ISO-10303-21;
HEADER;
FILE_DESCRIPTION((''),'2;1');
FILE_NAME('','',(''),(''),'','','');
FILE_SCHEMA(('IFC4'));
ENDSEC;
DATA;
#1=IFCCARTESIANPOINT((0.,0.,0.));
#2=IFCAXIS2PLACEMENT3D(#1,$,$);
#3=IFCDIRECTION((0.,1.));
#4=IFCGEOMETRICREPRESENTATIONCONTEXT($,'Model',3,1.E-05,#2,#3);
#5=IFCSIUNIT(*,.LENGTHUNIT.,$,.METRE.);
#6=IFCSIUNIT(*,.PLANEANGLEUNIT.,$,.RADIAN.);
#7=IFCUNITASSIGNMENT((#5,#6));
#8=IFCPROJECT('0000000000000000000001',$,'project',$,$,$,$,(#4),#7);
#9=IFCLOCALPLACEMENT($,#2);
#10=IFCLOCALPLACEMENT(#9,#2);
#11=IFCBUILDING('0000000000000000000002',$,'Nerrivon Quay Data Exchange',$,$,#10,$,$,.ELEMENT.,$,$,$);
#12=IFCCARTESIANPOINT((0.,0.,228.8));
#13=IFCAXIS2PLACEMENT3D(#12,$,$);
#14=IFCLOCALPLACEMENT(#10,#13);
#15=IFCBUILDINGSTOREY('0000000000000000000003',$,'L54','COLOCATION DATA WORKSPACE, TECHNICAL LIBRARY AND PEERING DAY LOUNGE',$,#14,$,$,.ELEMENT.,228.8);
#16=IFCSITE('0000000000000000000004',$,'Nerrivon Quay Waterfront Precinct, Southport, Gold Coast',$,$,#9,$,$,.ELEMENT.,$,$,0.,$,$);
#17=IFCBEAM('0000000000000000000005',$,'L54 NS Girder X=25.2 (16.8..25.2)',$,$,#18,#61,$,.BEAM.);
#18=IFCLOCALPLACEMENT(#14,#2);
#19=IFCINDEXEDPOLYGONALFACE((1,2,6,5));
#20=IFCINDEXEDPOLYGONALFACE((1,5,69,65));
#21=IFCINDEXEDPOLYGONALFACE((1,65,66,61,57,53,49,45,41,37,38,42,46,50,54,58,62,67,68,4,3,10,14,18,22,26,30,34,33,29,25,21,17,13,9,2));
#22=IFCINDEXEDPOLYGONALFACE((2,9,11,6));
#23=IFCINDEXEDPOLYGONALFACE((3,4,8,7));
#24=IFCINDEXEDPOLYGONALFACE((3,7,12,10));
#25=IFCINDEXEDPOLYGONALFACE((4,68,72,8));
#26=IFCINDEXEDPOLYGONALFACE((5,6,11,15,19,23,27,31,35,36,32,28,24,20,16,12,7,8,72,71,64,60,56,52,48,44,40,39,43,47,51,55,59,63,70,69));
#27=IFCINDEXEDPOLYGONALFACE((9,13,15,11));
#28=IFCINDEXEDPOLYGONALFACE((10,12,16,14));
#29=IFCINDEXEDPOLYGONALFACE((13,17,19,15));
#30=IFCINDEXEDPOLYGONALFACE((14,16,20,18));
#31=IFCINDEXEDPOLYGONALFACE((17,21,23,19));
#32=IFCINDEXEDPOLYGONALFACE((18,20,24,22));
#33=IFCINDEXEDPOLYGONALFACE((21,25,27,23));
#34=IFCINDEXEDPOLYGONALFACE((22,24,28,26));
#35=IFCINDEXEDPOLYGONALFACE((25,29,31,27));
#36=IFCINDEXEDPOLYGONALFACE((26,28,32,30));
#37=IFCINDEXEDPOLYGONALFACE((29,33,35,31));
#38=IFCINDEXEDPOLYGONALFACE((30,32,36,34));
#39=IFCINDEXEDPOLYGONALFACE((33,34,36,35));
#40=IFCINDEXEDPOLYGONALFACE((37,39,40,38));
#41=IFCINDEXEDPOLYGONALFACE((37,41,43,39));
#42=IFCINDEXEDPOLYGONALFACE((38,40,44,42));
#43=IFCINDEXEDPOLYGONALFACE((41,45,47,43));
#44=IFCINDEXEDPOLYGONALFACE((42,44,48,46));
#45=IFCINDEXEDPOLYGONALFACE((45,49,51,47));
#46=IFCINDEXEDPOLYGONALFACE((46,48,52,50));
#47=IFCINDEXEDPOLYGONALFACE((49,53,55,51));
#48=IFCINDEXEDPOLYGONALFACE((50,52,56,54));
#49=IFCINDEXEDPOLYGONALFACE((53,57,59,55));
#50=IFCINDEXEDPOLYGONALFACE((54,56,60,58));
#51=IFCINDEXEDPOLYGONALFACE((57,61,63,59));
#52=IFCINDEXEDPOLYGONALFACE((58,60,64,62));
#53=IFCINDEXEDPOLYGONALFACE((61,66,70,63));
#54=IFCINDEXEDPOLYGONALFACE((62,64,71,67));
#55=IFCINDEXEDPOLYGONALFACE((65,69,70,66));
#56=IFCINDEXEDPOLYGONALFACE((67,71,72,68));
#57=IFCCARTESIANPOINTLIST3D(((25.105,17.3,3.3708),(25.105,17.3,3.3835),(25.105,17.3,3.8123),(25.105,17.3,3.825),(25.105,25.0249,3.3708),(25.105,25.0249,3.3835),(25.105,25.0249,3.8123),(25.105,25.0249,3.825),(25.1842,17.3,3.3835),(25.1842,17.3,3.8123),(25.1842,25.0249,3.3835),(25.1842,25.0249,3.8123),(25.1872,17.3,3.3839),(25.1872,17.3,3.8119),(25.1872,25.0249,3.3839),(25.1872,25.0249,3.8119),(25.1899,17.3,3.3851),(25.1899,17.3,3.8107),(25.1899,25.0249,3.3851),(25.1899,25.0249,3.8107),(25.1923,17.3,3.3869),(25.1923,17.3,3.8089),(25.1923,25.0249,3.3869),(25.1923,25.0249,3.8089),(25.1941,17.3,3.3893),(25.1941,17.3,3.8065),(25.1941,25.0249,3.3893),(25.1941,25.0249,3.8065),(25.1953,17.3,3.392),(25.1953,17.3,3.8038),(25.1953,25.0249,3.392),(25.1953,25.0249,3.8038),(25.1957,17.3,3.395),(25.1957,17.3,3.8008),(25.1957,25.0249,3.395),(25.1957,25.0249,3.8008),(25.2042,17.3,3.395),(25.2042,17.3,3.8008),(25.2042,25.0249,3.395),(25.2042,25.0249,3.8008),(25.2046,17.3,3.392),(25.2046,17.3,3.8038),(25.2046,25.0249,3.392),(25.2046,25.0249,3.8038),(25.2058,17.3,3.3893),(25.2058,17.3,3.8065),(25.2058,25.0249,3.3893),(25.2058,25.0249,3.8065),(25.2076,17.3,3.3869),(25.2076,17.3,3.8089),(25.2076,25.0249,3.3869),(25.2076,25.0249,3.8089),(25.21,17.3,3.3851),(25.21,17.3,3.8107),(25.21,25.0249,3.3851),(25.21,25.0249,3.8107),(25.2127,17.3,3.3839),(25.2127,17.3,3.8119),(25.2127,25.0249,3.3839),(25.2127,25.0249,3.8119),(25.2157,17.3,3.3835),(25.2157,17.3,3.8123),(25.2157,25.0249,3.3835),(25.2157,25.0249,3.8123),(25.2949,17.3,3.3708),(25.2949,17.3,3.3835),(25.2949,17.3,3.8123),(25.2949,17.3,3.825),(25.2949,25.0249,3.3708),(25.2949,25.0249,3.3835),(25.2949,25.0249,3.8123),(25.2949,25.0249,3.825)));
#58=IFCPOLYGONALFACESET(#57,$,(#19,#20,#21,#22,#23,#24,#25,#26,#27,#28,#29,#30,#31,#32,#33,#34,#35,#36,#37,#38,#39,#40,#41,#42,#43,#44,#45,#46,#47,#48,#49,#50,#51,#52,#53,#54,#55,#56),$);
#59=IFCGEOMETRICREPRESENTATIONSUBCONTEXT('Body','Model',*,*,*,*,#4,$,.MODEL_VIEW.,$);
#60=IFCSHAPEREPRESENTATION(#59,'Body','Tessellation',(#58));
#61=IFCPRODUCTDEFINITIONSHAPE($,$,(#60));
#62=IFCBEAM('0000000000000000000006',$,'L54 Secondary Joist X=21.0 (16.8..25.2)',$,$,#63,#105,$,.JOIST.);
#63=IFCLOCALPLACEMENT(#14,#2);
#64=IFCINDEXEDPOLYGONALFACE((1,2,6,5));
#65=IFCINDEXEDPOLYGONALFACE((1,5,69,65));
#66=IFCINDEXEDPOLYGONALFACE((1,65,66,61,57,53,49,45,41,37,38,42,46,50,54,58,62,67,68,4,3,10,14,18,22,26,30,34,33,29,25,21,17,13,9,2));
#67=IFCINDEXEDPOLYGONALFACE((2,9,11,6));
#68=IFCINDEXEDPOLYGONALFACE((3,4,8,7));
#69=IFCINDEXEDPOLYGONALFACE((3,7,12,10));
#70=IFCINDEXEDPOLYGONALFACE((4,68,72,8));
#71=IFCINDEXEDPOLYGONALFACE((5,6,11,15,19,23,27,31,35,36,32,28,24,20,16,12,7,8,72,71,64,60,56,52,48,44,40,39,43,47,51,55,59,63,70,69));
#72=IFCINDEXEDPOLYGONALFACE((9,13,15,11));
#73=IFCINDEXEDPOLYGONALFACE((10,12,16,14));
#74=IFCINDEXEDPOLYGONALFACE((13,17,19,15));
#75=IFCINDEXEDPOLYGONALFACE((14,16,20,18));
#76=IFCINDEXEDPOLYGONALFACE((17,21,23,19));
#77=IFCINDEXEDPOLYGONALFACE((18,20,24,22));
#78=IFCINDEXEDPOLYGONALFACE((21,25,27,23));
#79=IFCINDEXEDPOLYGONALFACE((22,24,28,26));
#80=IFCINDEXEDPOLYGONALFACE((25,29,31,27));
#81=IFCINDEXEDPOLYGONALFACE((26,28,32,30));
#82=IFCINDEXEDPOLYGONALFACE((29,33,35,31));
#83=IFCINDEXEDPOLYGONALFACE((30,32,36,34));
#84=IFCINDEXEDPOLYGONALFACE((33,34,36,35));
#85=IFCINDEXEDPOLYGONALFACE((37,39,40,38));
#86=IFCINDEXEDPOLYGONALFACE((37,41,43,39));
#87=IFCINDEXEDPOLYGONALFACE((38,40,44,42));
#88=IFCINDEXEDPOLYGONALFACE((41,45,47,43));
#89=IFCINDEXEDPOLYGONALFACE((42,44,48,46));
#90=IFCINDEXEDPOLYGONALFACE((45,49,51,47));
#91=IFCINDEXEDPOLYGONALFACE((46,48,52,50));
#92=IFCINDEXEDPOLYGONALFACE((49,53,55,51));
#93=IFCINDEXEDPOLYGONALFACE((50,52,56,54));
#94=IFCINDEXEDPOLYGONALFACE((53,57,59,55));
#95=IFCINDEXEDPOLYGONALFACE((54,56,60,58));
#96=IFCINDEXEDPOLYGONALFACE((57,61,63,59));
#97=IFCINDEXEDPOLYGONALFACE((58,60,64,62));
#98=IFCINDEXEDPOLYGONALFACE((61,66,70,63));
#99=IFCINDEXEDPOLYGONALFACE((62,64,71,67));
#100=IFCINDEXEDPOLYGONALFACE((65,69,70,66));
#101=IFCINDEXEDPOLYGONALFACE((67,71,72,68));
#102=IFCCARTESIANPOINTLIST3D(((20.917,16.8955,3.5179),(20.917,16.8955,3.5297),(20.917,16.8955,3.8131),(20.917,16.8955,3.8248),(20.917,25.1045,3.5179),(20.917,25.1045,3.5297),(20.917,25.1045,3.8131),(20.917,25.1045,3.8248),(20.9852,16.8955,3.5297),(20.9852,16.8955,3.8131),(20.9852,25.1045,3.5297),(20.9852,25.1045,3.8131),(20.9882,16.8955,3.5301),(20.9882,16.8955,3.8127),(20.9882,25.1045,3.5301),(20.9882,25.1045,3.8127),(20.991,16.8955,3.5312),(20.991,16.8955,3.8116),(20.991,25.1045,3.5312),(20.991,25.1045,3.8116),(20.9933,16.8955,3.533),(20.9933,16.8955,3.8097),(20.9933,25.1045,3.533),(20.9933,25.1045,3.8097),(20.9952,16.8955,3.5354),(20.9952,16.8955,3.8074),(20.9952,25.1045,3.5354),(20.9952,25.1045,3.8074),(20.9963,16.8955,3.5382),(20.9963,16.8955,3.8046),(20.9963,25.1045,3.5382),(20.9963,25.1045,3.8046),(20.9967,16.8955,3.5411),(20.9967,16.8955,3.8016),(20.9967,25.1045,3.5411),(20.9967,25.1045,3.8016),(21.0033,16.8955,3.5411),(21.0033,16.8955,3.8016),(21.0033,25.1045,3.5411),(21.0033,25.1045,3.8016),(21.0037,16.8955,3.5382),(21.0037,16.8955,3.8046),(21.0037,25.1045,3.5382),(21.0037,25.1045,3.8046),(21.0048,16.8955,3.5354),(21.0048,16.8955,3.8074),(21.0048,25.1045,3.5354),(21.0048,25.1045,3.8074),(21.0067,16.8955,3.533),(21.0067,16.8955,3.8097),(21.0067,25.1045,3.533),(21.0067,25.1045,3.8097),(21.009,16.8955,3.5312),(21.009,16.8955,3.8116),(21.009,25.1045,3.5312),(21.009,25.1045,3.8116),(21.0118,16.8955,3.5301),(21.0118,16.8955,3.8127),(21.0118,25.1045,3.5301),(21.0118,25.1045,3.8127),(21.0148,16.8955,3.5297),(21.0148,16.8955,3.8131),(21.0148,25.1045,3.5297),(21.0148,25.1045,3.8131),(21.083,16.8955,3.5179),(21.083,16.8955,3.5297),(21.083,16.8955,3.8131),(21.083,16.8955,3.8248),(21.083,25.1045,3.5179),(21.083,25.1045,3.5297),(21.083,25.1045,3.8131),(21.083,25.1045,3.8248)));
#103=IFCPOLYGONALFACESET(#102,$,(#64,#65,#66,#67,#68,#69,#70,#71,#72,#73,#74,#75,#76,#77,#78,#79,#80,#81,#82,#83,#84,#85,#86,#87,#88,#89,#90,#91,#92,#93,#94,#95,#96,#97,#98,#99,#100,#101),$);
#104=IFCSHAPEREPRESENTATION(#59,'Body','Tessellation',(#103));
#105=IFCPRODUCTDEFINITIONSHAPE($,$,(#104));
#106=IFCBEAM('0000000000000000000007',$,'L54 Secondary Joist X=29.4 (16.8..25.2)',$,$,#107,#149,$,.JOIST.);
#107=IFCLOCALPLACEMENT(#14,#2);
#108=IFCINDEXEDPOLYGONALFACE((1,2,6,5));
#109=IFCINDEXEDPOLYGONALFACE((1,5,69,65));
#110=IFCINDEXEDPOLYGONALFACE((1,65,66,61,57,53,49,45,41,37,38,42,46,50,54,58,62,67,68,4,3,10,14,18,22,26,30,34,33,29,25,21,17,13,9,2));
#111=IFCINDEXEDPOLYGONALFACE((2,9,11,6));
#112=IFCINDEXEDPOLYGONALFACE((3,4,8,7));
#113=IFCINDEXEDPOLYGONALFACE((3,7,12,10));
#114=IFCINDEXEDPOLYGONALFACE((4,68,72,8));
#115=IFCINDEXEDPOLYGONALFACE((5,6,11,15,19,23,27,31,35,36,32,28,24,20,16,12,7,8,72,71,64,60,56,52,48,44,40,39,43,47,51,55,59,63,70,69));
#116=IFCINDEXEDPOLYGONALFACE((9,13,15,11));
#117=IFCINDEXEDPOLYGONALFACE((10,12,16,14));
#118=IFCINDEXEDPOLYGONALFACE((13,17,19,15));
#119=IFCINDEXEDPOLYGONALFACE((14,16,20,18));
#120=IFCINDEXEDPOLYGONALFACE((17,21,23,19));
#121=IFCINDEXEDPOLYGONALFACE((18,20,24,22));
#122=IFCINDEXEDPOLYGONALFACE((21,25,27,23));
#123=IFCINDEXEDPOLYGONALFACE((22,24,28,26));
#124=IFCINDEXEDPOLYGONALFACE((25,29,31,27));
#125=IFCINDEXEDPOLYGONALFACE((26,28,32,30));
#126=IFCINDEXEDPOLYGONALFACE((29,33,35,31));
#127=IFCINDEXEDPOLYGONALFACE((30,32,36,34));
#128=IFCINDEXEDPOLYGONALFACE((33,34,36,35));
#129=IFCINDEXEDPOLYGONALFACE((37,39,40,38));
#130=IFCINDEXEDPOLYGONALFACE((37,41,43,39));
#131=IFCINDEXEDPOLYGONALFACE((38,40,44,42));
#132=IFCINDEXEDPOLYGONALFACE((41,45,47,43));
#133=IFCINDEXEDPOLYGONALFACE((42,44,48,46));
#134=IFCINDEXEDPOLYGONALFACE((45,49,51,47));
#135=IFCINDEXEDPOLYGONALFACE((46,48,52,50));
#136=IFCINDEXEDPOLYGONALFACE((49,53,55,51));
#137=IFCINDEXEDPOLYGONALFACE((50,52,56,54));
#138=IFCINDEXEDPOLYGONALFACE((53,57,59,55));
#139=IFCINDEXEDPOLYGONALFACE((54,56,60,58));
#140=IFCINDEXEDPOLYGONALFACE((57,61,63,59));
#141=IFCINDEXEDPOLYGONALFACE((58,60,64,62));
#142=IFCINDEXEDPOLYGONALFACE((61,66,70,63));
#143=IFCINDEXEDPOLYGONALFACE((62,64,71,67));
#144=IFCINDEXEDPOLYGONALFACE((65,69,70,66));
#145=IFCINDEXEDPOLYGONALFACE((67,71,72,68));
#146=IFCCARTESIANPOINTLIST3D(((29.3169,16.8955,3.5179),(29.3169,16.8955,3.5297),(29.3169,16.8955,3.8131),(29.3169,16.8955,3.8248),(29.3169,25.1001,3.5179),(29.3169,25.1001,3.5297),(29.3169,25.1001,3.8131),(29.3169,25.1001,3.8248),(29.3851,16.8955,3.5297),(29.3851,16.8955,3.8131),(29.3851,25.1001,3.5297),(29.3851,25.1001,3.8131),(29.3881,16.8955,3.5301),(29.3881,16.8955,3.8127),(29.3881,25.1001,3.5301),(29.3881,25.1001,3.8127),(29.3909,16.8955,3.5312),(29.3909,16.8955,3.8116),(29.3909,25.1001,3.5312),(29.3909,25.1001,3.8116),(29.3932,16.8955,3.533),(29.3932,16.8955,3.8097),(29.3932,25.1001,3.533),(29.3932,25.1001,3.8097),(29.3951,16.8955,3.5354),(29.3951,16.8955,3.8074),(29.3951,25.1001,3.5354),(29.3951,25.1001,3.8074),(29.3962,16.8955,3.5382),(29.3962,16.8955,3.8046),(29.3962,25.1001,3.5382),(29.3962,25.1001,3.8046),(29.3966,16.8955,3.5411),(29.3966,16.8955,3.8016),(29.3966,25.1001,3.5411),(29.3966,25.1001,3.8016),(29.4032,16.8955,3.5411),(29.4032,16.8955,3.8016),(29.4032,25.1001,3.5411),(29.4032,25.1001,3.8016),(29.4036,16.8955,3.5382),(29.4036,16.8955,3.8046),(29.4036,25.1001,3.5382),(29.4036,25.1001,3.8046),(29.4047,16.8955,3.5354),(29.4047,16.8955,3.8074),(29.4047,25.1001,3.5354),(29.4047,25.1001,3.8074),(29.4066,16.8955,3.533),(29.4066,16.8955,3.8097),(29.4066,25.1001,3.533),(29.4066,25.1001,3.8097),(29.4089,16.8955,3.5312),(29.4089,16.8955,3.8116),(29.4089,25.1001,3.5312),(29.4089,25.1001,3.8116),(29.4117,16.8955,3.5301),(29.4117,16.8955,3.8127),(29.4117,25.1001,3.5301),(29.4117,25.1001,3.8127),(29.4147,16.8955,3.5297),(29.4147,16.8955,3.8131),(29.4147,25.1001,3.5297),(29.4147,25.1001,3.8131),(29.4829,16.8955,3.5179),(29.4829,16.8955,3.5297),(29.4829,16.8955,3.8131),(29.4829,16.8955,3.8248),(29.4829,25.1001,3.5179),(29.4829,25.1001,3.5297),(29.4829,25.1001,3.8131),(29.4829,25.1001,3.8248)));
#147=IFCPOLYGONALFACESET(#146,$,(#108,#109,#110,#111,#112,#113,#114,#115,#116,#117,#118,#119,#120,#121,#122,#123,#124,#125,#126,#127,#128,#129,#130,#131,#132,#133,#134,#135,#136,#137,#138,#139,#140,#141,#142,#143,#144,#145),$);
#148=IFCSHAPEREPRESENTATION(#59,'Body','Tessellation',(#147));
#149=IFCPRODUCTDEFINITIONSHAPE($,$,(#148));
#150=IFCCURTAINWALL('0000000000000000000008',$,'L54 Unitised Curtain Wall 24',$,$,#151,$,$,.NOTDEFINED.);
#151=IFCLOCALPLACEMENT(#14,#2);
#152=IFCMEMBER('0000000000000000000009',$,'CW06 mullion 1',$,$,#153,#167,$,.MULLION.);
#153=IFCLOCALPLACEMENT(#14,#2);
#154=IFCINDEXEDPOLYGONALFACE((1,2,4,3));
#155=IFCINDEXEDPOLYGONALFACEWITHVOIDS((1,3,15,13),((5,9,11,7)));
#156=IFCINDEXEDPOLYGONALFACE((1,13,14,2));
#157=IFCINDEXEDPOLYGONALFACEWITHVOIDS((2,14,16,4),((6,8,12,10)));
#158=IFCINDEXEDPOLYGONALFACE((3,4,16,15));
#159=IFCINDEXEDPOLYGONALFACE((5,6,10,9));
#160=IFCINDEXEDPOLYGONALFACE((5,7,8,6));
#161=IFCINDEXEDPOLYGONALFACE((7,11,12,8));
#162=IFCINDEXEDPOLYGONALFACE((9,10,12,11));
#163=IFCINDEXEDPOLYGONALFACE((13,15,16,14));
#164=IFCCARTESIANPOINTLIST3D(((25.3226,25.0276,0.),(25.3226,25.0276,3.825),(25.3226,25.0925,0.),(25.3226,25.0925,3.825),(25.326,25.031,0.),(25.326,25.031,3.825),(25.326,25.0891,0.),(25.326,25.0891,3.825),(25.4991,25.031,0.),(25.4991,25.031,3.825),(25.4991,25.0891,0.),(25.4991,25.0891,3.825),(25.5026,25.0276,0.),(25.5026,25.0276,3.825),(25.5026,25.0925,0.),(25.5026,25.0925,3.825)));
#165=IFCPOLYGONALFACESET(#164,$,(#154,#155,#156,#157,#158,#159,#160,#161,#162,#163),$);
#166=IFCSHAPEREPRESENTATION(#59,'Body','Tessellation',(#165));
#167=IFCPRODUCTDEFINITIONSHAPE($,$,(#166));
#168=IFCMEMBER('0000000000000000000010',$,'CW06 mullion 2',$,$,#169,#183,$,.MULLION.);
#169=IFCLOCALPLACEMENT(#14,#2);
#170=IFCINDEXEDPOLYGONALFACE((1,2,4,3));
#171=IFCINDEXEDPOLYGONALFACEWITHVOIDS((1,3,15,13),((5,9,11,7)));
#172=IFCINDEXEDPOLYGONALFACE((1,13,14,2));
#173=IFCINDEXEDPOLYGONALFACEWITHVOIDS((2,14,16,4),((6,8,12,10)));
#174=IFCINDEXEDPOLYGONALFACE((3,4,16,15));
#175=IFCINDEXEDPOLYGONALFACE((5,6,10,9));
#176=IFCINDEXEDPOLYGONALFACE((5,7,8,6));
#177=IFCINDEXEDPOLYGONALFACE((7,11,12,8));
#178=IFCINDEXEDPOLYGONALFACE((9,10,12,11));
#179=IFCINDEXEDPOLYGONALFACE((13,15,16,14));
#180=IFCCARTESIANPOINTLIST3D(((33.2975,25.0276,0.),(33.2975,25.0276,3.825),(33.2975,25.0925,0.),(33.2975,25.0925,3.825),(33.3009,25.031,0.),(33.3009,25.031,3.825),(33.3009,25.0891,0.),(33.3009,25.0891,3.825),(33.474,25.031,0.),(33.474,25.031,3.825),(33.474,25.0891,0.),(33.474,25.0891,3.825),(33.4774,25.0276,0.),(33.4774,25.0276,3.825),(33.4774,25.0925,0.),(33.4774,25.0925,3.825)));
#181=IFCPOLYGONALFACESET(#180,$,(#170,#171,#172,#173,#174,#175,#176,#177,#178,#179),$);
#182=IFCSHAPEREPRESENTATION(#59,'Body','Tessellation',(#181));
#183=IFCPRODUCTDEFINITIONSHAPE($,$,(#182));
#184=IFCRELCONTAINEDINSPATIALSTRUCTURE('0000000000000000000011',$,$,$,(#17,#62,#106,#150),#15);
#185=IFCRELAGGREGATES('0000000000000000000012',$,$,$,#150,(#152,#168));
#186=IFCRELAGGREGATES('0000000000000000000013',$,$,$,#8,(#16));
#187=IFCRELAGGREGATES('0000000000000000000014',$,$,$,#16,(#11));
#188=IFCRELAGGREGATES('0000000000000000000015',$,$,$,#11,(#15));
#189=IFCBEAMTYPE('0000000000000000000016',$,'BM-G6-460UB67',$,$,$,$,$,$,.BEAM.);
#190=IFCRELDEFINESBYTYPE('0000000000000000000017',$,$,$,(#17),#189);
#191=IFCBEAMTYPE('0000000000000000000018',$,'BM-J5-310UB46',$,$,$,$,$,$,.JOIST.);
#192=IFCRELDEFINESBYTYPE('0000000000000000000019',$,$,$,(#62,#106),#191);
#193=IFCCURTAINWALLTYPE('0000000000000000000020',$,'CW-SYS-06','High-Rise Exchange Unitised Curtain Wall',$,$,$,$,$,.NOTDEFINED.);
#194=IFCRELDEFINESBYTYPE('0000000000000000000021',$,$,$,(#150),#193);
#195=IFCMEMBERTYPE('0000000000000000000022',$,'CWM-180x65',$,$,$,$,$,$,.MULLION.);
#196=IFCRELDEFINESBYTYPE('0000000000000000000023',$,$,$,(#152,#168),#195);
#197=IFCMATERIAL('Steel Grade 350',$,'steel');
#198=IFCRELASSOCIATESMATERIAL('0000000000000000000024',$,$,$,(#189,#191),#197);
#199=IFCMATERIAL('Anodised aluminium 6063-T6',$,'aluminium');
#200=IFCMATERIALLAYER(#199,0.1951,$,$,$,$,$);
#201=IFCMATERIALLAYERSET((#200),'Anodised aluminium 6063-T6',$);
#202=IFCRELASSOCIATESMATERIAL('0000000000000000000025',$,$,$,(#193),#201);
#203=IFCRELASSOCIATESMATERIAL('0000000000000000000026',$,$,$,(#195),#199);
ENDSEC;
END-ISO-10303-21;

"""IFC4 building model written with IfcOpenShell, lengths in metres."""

from ifc_helpers import new_model, si_unit, direction, frame, origin, origin_2d, place, context, subcontext, project, spatial, hollow_rectangle, i_section, extrude, material, layer, layer_set, material_profile, profile_set, type_object, element, aggregate, save


model = new_model("IFC4")

# Units and contexts
model_context = context("Model", 3, precision=1e-05, world=origin(), true_north=direction((0.0, 1.0)))
body_context = subcontext(model_context, "Body", "Model", "MODEL_VIEW")
ifc_project = project(units=[si_unit("LENGTHUNIT", "METRE"), si_unit("PLANEANGLEUNIT", "RADIAN")], contexts=[model_context])

# Site, building, storey
site_placement = place(None, origin())
site = spatial("IfcSite", under=ifc_project, at=site_placement, Name="Nerrivon Quay Waterfront Precinct, Southport, Gold Coast", CompositionType="ELEMENT", RefElevation=0.0)
building_placement = place(site_placement, origin())
building = spatial("IfcBuilding", under=site, at=building_placement, Name="Nerrivon Quay Data Exchange", CompositionType="ELEMENT")
storey_placement = place(building_placement, frame((0.0, 0.0, 228.8)))
storey = spatial("IfcBuildingStorey", under=building, at=storey_placement, Name="L54", Description="COLOCATION DATA WORKSPACE, TECHNICAL LIBRARY AND PEERING DAY LOUNGE", CompositionType="ELEMENT", Elevation=228.8)

# Beams
ifc_material_1 = material(Name="Steel Grade 350", Category="steel")
ifc_material_profile_1 = material_profile(ifc_material_1, i_section(OverallWidth=0.1899, OverallDepth=0.4541, WebThickness=0.0085, FlangeThickness=0.0127, FilletRadius=0.0115, at=origin_2d()), Name="460UB67.1")
ifc_profile_set_1 = profile_set([ifc_material_profile_1], Name="Steel Grade 350")
beam_type_1 = type_object("IfcBeamType", Name="BM-G6-460UB67", PredefinedType="BEAM", material=ifc_profile_set_1)
beam_1_placement = place(storey_placement, frame((25.2, 17.3, 3.5979), z_axis=(0.0, 1.0, 0.0), x_axis=(-1.0, 0.0, 0.0)))
element("IfcBeam", 1, at=beam_1_placement, inside=storey, type_object=beam_type_1, Name="L54 NS Girder X=25.2 (16.8..25.2)", PredefinedType="BEAM", context=body_context, shape_type="SweptSolid", body=[
    extrude(i_section(OverallWidth=0.1899, OverallDepth=0.4541, WebThickness=0.0085, FlangeThickness=0.0127, FilletRadius=0.0115, at=origin_2d()), origin(), (0.0, 0.0, 1.0), 7.7249),
])
ifc_material_profile_2 = material_profile(ifc_material_1, i_section(OverallWidth=0.166, OverallDepth=0.3069, WebThickness=0.0066, FlangeThickness=0.0117, FilletRadius=0.0115, at=origin_2d()), Name="310UB46.2")
ifc_profile_set_2 = profile_set([ifc_material_profile_2], Name="Steel Grade 350")
beam_type_2 = type_object("IfcBeamType", Name="BM-J5-310UB46", PredefinedType="JOIST", material=ifc_profile_set_2)
beam_2_placement = place(storey_placement, frame((21.0, 16.8955, 3.6714), z_axis=(0.0, 1.0, 0.0), x_axis=(-1.0, 0.0, 0.0)))
element("IfcBeam", 2, at=beam_2_placement, inside=storey, type_object=beam_type_2, Name="L54 Secondary Joist X=21.0 (16.8..25.2)", PredefinedType="JOIST", context=body_context, shape_type="SweptSolid", body=[
    extrude(i_section(OverallWidth=0.166, OverallDepth=0.3069, WebThickness=0.0066, FlangeThickness=0.0117, FilletRadius=0.0115, at=origin_2d()), origin(), (0.0, 0.0, 1.0), 8.209),
])
beam_3_placement = place(storey_placement, frame((29.3999, 16.8955, 3.6714), z_axis=(0.0, 1.0, 0.0), x_axis=(-1.0, 0.0, 0.0)))
element("IfcBeam", 3, at=beam_3_placement, inside=storey, type_object=beam_type_2, Name="L54 Secondary Joist X=29.4 (16.8..25.2)", PredefinedType="JOIST", context=body_context, shape_type="SweptSolid", body=[
    extrude(i_section(OverallWidth=0.166, OverallDepth=0.3069, WebThickness=0.0066, FlangeThickness=0.0117, FilletRadius=0.0115, at=origin_2d()), origin(), (0.0, 0.0, 1.0), 8.2046),
])

# Curtain wall, members
ifc_material_2 = material(Name="Anodised aluminium 6063-T6", Category="aluminium")
ifc_layer_1 = layer(ifc_material_2, 0.1951)
ifc_layer_set_1 = layer_set([ifc_layer_1], Name="Anodised aluminium 6063-T6")
curtain_wall_type = type_object("IfcCurtainWallType", Name="CW-SYS-06", Description="High-Rise Exchange Unitised Curtain Wall", PredefinedType="NOTDEFINED", material=ifc_layer_set_1)
curtain_wall_placement = place(storey_placement, origin())
curtain_wall = element("IfcCurtainWall", 4, at=curtain_wall_placement, inside=storey, type_object=curtain_wall_type, Name="L54 Unitised Curtain Wall 24", PredefinedType="NOTDEFINED")
ifc_material_profile_3 = material_profile(ifc_material_2, hollow_rectangle(XDim=0.0649, YDim=0.1799, WallThickness=0.0034, at=origin_2d()), Name="ALU-MULL-180x65")
ifc_profile_set_3 = profile_set([ifc_material_profile_3], Name="Anodised aluminium 6063-T6")
member_type_1 = type_object("IfcMemberType", Name="CWM-180x65", PredefinedType="MULLION", material=ifc_profile_set_3)
member_1_placement = place(storey_placement, frame((25.4126, 25.0601, 0.0), z_axis=(0.0, 0.0, 1.0), x_axis=(0.0, 1.0, 0.0)))
member_1 = element("IfcMember", 5, at=member_1_placement, type_object=member_type_1, Name="CW06 mullion 1", PredefinedType="MULLION", context=body_context, shape_type="SweptSolid", body=[
    extrude(hollow_rectangle(XDim=0.0649, YDim=0.1799, WallThickness=0.0034, at=origin_2d()), origin(), (0.0, 0.0, 1.0), 3.825),
])
member_2_placement = place(storey_placement, frame((33.3875, 25.0601, 0.0), z_axis=(0.0, 0.0, 1.0), x_axis=(0.0, 1.0, 0.0)))
member_2 = element("IfcMember", 6, at=member_2_placement, type_object=member_type_1, Name="CW06 mullion 2", PredefinedType="MULLION", context=body_context, shape_type="SweptSolid", body=[
    extrude(hollow_rectangle(XDim=0.0649, YDim=0.1799, WallThickness=0.0034, at=origin_2d()), origin(), (0.0, 0.0, 1.0), 3.825),
])
aggregate(curtain_wall, [member_1, member_2])

save(model, "model.ifc")
